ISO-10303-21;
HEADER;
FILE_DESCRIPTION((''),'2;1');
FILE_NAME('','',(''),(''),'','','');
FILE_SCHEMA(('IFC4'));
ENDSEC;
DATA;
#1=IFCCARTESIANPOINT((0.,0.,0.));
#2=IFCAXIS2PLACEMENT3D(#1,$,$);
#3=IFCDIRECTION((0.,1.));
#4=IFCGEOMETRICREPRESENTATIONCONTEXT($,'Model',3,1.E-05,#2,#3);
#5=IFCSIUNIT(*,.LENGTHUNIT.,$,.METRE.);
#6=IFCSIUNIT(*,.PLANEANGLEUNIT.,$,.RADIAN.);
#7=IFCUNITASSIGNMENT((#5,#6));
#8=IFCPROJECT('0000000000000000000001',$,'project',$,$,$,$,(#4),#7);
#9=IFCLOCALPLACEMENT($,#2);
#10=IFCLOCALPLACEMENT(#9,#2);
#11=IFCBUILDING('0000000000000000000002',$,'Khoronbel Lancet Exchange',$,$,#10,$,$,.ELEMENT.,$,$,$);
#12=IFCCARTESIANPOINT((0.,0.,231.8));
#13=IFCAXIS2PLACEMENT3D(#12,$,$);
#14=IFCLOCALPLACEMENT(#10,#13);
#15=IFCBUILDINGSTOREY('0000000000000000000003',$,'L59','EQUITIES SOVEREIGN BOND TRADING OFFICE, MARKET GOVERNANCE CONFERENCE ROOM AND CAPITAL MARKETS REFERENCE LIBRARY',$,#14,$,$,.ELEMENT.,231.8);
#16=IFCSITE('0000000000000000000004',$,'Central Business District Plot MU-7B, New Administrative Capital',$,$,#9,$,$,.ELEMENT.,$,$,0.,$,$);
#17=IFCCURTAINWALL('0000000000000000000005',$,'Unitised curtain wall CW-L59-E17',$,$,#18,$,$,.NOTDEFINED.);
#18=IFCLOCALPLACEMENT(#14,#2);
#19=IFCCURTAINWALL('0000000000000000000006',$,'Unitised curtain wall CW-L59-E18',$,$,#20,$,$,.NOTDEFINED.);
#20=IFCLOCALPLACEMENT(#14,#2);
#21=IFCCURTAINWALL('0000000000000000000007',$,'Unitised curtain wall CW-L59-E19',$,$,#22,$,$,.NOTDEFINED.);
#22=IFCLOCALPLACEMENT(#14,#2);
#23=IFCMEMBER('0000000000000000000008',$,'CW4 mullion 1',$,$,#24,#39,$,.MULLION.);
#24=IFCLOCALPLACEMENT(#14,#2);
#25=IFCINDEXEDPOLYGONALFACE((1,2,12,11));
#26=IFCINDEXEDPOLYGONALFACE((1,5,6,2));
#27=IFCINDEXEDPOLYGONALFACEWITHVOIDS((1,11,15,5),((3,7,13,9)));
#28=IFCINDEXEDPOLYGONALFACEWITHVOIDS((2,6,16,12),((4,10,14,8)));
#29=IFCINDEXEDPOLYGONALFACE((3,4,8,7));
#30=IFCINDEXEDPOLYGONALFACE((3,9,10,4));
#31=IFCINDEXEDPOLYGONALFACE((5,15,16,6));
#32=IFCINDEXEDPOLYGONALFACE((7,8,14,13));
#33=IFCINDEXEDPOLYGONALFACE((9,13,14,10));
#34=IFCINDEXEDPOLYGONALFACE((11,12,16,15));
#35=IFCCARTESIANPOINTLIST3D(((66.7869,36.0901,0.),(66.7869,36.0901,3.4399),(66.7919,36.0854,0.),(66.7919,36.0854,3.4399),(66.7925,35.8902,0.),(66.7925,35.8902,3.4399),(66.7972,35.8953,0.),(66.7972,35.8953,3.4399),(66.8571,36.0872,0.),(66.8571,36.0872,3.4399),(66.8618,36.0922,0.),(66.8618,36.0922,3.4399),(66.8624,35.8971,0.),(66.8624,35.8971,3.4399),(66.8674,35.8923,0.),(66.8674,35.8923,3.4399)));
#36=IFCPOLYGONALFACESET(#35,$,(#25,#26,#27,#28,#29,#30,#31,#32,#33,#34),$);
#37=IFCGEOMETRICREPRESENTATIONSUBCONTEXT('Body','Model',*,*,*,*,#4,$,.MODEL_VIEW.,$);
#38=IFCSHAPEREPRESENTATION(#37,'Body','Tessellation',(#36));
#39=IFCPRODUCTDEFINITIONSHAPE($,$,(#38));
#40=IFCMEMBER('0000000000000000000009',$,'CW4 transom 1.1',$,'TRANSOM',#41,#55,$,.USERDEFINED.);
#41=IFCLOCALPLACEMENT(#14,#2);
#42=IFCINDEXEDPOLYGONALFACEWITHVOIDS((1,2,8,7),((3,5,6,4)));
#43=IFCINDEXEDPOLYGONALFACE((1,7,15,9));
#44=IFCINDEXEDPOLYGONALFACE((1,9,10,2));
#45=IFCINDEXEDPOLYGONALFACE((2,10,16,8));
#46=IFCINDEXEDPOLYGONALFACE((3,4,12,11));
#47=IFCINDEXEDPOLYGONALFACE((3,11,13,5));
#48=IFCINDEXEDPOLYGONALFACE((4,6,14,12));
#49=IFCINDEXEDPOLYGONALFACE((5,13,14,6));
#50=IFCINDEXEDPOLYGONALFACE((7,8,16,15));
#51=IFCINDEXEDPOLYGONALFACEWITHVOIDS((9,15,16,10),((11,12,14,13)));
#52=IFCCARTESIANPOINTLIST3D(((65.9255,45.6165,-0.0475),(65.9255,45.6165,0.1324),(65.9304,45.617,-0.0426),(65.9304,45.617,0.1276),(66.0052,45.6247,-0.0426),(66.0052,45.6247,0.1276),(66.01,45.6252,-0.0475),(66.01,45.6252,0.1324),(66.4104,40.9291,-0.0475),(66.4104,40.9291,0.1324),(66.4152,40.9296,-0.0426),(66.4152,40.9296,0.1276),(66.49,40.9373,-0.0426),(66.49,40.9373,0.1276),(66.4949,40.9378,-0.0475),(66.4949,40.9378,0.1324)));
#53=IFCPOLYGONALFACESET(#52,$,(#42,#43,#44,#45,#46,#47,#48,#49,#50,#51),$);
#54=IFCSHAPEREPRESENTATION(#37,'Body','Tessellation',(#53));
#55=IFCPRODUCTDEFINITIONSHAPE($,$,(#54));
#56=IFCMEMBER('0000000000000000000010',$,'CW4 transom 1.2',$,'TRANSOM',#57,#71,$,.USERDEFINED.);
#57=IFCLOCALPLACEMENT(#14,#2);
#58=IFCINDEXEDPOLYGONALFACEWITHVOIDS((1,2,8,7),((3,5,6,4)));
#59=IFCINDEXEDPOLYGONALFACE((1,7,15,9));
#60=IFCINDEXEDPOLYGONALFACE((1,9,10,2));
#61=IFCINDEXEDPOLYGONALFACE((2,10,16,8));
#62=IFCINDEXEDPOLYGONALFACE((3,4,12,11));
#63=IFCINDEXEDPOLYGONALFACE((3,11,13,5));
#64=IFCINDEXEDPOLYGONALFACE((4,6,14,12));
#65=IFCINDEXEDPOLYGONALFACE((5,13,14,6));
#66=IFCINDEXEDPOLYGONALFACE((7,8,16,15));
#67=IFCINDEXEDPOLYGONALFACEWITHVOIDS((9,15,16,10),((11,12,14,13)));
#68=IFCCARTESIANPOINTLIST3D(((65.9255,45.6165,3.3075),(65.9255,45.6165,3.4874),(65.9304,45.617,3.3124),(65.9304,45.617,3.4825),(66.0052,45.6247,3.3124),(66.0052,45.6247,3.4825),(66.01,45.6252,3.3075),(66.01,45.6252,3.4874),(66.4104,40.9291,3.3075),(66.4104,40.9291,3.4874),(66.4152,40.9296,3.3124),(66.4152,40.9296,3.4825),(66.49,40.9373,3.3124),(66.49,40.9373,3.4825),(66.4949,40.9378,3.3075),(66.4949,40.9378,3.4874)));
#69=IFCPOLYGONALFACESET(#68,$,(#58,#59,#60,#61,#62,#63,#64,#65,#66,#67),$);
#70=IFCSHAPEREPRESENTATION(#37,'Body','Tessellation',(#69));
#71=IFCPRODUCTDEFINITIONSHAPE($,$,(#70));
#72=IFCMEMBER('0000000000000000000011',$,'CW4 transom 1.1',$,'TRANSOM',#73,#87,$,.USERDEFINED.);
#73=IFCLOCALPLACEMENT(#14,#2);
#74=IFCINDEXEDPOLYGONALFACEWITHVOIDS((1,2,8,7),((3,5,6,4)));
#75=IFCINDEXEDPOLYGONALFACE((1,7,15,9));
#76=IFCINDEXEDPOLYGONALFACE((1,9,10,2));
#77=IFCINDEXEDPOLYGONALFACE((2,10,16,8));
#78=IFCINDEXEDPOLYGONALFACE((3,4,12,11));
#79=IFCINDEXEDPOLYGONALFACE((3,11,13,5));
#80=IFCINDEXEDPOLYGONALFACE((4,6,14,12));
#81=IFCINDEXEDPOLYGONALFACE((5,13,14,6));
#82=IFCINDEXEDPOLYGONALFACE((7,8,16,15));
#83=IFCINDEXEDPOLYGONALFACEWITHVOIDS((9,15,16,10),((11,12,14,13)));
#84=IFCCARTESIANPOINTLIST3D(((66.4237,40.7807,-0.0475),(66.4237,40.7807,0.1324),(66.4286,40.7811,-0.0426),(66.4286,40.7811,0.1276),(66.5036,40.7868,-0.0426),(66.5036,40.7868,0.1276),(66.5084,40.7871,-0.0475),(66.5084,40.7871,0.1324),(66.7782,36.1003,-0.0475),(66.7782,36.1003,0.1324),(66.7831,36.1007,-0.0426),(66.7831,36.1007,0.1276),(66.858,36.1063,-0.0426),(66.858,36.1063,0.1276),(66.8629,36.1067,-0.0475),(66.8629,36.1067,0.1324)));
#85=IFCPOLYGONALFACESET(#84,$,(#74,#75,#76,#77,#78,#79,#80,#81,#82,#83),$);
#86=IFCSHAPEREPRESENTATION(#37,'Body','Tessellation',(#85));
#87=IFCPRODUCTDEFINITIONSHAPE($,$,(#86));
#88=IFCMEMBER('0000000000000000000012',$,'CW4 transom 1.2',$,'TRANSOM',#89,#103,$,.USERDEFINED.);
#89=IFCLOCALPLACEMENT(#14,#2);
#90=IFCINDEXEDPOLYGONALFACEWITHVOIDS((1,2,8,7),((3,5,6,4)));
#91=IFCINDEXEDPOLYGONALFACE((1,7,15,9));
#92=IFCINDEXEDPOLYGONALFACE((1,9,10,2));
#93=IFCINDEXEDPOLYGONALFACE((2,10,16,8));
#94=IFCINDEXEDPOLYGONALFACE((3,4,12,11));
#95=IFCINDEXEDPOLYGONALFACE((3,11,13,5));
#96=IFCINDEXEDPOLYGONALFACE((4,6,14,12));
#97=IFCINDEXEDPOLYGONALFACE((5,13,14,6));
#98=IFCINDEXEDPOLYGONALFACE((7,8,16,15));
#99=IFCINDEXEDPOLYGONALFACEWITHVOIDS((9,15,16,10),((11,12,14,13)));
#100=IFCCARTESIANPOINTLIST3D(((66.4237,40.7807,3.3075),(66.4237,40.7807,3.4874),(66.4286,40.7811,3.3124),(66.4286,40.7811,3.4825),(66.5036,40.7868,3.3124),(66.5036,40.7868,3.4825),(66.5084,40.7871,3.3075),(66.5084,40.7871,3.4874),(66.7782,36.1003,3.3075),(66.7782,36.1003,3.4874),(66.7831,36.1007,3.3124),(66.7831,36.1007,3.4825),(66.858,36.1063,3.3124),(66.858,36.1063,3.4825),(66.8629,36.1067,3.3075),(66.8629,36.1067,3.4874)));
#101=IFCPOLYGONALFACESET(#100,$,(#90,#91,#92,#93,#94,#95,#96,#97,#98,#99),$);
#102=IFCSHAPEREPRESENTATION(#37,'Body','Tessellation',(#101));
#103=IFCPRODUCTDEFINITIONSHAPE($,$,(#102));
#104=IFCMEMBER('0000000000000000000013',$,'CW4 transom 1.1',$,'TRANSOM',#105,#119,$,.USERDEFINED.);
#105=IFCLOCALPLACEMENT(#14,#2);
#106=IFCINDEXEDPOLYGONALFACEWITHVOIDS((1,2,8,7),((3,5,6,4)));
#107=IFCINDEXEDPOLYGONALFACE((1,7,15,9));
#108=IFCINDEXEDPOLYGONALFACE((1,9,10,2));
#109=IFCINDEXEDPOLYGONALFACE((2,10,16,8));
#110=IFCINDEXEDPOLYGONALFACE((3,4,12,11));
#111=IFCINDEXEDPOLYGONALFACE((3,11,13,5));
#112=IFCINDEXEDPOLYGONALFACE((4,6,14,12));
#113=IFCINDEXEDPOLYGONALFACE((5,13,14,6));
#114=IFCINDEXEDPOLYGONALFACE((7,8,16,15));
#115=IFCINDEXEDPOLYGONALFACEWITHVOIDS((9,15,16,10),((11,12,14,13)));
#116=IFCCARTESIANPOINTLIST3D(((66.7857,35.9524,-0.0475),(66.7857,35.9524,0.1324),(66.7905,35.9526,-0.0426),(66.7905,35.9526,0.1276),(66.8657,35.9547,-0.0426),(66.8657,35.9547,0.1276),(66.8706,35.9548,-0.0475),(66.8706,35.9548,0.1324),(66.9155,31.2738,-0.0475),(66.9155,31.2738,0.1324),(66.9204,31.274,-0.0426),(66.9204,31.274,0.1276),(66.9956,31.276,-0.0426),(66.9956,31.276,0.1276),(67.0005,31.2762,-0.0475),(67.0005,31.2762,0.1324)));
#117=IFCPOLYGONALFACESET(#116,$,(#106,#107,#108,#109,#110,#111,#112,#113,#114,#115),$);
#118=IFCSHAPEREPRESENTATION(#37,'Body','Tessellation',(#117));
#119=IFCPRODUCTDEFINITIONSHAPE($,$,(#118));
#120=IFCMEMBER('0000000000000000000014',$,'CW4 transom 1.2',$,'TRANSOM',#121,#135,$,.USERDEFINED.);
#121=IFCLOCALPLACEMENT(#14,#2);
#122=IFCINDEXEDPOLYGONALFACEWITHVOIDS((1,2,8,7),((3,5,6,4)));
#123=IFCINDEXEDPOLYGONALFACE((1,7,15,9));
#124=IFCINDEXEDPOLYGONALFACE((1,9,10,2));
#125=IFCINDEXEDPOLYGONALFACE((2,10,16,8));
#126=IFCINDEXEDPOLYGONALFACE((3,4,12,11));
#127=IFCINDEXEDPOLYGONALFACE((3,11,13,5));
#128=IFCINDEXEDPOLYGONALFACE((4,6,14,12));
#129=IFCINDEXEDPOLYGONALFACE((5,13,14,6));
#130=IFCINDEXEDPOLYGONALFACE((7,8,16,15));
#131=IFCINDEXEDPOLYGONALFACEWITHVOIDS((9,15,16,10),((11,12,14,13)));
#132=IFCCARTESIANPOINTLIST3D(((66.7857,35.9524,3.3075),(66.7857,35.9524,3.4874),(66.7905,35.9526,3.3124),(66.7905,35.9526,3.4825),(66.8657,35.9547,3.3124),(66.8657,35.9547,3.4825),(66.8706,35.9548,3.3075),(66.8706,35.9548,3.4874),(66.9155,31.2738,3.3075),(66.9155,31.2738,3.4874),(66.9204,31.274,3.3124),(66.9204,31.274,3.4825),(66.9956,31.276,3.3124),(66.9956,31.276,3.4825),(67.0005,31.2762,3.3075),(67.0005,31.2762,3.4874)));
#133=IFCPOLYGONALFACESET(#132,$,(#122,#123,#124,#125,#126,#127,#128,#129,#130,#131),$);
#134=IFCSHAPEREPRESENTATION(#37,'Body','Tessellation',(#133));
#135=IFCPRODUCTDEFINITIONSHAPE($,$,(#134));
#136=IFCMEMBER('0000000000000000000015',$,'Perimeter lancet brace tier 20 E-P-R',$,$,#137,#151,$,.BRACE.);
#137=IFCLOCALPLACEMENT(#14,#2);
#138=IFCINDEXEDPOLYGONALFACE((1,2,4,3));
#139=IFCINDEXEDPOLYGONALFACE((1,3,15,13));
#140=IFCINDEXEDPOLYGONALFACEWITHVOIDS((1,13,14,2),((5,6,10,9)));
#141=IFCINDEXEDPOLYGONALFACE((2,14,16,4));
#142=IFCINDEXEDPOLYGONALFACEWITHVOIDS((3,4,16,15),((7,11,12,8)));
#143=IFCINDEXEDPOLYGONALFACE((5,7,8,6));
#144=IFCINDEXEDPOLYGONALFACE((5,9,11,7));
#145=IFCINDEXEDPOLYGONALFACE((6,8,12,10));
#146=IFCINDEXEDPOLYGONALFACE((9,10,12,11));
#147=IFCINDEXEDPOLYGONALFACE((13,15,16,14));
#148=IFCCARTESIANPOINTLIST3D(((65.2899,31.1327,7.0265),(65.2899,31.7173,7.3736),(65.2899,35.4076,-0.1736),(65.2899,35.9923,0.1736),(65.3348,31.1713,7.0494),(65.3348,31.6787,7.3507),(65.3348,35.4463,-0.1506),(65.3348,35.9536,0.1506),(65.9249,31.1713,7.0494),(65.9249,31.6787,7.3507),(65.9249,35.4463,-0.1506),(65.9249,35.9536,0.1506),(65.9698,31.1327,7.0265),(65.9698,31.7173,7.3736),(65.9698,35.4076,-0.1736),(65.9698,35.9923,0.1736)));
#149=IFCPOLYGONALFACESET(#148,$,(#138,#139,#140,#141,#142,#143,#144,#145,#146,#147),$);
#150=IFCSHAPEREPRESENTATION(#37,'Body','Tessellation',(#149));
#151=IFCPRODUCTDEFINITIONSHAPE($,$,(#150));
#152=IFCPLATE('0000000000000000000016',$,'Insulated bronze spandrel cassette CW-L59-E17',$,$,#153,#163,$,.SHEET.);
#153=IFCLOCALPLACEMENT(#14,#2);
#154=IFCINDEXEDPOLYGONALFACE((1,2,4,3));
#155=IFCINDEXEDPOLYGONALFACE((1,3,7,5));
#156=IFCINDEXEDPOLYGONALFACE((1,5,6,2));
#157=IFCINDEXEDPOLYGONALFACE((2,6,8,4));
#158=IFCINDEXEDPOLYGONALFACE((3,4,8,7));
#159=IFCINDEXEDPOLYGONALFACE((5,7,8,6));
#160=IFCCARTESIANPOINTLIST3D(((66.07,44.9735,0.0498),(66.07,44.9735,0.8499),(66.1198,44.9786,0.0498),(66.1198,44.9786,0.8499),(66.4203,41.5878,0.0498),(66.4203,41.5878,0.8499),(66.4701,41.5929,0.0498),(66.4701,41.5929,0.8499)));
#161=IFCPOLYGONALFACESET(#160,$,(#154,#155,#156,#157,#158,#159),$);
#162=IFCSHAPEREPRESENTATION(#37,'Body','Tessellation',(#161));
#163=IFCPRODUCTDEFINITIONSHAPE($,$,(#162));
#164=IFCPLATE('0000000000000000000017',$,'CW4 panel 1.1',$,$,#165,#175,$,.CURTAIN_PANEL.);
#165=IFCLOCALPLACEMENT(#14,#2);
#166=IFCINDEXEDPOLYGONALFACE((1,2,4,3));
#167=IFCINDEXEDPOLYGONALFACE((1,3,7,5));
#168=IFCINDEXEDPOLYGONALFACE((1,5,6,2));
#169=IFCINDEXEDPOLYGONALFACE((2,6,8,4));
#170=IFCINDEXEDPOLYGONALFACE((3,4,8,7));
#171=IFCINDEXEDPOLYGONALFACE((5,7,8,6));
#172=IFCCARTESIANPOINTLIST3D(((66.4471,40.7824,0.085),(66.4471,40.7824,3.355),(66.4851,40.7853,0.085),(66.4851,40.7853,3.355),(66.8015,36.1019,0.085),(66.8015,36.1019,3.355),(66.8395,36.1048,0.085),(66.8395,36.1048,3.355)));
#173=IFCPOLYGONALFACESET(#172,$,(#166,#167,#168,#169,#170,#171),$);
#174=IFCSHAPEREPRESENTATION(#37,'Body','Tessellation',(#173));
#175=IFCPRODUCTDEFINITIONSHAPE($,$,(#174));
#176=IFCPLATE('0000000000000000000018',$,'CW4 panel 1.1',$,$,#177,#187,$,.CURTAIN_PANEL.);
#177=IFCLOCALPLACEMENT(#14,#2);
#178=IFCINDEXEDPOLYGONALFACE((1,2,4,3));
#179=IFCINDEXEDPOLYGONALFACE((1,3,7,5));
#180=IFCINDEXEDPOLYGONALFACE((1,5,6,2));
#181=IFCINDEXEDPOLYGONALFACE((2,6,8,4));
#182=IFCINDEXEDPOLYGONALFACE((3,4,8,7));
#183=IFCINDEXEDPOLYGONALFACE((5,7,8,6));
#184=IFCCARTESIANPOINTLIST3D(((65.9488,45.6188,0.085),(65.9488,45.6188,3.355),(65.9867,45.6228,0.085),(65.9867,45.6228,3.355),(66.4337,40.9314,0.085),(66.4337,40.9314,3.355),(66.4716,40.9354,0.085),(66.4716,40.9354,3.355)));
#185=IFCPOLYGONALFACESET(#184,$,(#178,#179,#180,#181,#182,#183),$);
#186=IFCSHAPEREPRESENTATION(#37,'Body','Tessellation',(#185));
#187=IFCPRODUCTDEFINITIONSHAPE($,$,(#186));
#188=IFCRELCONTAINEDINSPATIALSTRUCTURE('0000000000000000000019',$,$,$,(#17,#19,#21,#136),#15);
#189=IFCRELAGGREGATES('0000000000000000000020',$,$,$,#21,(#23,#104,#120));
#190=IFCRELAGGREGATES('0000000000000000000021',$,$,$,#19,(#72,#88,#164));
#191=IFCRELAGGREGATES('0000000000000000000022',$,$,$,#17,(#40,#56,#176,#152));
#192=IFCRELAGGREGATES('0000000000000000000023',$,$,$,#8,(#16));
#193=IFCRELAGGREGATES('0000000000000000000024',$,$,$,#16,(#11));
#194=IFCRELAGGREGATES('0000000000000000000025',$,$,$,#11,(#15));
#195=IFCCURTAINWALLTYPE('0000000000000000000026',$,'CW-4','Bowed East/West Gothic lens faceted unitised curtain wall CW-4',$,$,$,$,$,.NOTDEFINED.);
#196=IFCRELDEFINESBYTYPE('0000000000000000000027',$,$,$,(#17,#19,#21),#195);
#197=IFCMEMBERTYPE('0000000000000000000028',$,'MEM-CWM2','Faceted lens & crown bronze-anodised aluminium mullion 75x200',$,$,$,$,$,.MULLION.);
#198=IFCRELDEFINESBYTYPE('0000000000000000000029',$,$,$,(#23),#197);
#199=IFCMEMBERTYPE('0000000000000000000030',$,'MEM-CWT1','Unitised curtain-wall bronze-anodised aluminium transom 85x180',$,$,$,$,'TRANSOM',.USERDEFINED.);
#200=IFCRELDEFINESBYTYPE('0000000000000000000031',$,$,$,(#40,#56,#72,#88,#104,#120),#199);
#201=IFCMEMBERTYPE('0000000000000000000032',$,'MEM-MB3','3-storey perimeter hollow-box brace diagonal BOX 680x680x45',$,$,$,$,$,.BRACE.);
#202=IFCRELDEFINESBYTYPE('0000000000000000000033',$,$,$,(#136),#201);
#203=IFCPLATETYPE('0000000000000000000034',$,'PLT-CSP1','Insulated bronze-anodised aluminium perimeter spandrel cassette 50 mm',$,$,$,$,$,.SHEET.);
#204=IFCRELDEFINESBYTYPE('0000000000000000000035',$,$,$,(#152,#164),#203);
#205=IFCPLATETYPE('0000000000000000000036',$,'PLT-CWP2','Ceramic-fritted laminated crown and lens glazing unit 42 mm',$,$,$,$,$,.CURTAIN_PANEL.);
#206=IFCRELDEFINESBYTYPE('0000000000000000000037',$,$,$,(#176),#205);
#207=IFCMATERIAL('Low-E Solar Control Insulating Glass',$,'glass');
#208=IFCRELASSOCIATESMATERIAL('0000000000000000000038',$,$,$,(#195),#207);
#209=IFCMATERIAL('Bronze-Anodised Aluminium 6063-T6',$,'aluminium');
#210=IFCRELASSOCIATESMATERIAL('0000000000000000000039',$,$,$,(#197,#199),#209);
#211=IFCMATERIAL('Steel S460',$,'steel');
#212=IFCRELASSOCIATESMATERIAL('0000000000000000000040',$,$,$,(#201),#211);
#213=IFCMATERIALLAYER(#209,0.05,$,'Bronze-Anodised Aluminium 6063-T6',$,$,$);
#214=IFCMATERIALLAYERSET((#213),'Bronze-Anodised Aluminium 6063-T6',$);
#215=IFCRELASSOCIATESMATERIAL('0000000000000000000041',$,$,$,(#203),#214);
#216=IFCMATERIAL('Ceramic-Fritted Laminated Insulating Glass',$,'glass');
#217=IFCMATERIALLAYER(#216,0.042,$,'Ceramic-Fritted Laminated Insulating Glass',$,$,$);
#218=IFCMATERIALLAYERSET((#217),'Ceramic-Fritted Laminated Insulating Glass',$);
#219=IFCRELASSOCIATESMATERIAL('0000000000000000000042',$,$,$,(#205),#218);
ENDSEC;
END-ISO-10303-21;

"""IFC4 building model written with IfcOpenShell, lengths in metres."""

from ifc_helpers import new_model, si_unit, direction, frame, origin, origin_2d, place, context, subcontext, project, spatial, rectangle, hollow_rectangle, extrude, material, layer, layer_set, material_profile, profile_set, type_object, element, aggregate, save


model = new_model("IFC4")

# Units and contexts
model_context = context("Model", 3, precision=1e-05, world=origin(), true_north=direction((0.0, 1.0)))
body_context = subcontext(model_context, "Body", "Model", "MODEL_VIEW")
ifc_project = project(units=[si_unit("LENGTHUNIT", "METRE"), si_unit("PLANEANGLEUNIT", "RADIAN")], contexts=[model_context])

# Site, building, storey
site_placement = place(None, origin())
site = spatial("IfcSite", under=ifc_project, at=site_placement, Name="Central Business District Plot MU-7B, New Administrative Capital", CompositionType="ELEMENT", RefElevation=0.0)
building_placement = place(site_placement, origin())
building = spatial("IfcBuilding", under=site, at=building_placement, Name="Khoronbel Lancet Exchange", CompositionType="ELEMENT")
storey_placement = place(building_placement, frame((0.0, 0.0, 231.8)))
storey = spatial("IfcBuildingStorey", under=building, at=storey_placement, Name="L59", Description="EQUITIES SOVEREIGN BOND TRADING OFFICE, MARKET GOVERNANCE CONFERENCE ROOM AND CAPITAL MARKETS REFERENCE LIBRARY", CompositionType="ELEMENT", Elevation=231.8)

# Curtain wall
ifc_material_1 = material(Name="Low-E Solar Control Insulating Glass", Category="glass")
curtain_wall_type = type_object("IfcCurtainWallType", Name="CW-4", Description="Bowed East/West Gothic lens faceted unitised curtain wall CW-4", PredefinedType="NOTDEFINED", material=ifc_material_1)
curtain_wall_1_placement = place(storey_placement, origin())
curtain_wall_1 = element("IfcCurtainWall", 1, at=curtain_wall_1_placement, inside=storey, type_object=curtain_wall_type, Name="Unitised curtain wall CW-L59-E17", PredefinedType="NOTDEFINED")
ifc_material_2 = material(Name="Bronze-Anodised Aluminium 6063-T6", Category="aluminium")
ifc_material_profile_1 = material_profile(ifc_material_2, hollow_rectangle(XDim=0.075, YDim=0.2, WallThickness=0.0049, at=origin_2d()), Name="ALU MULLION 75x200")
ifc_profile_set_1 = profile_set([ifc_material_profile_1], Name="Bronze-Anodised Aluminium 6063-T6")
member_type_1 = type_object("IfcMemberType", Name="MEM-CWM2", Description="Faceted lens & crown bronze-anodised aluminium mullion 75x200", PredefinedType="MULLION", material=ifc_profile_set_1)

# Curtain wall
curtain_wall_2_placement = place(storey_placement, origin())
curtain_wall_2 = element("IfcCurtainWall", 2, at=curtain_wall_2_placement, inside=storey, type_object=curtain_wall_type, Name="Unitised curtain wall CW-L59-E18", PredefinedType="NOTDEFINED")

# Curtain wall, member
curtain_wall_3_placement = place(storey_placement, origin())
curtain_wall_3 = element("IfcCurtainWall", 3, at=curtain_wall_3_placement, inside=storey, type_object=curtain_wall_type, Name="Unitised curtain wall CW-L59-E19", PredefinedType="NOTDEFINED")
member_1_placement = place(storey_placement, frame((66.8271, 35.9912, 0.0), z_axis=(0.0, 0.0, 1.0), x_axis=(0.999616, 0.027719, 0.0)))
member_1 = element("IfcMember", 4, at=member_1_placement, type_object=member_type_1, Name="CW4 mullion 1", PredefinedType="MULLION", context=body_context, shape_type="SweptSolid", body=[
    extrude(hollow_rectangle(XDim=0.075, YDim=0.2, WallThickness=0.0049, at=origin_2d()), origin(), (0.0, 0.0, 1.0), 3.4399),
])

# Members
ifc_material_profile_2 = material_profile(ifc_material_2, hollow_rectangle(XDim=0.085, YDim=0.1799, WallThickness=0.0049, at=origin_2d()), Name="ALU TRANSOM 85x180")
ifc_profile_set_2 = profile_set([ifc_material_profile_2], Name="Bronze-Anodised Aluminium 6063-T6")
member_type_2 = type_object("IfcMemberType", Name="MEM-CWT1", Description="Unitised curtain-wall bronze-anodised aluminium transom 85x180", ElementType="TRANSOM", PredefinedType="USERDEFINED", material=ifc_profile_set_2)
member_2_placement = place(storey_placement, frame((65.9678, 45.6208, 0.0425), z_axis=(0.102889, -0.994693, 0.0), x_axis=(0.994693, 0.102889, 0.0)))
member_2 = element("IfcMember", 5, at=member_2_placement, type_object=member_type_2, Name="CW4 transom 1.1", ObjectType="TRANSOM", PredefinedType="USERDEFINED", context=body_context, shape_type="SweptSolid", body=[
    extrude(hollow_rectangle(XDim=0.085, YDim=0.1799, WallThickness=0.0049, at=origin_2d()), origin(), (0.0, 0.0, 1.0), 4.7124),
])
member_3_placement = place(storey_placement, frame((65.9678, 45.6208, 3.3975), z_axis=(0.102889, -0.994693, 0.0), x_axis=(0.994693, 0.102889, 0.0)))
member_3 = element("IfcMember", 6, at=member_3_placement, type_object=member_type_2, Name="CW4 transom 1.2", ObjectType="TRANSOM", PredefinedType="USERDEFINED", context=body_context, shape_type="SweptSolid", body=[
    extrude(hollow_rectangle(XDim=0.085, YDim=0.1799, WallThickness=0.0049, at=origin_2d()), origin(), (0.0, 0.0, 1.0), 4.7124),
])
member_4_placement = place(storey_placement, frame((66.4661, 40.7839, 0.0425), z_axis=(0.075523, -0.997144, 0.0), x_axis=(0.997144, 0.075523, 0.0)))
member_4 = element("IfcMember", 7, at=member_4_placement, type_object=member_type_2, Name="CW4 transom 1.1", ObjectType="TRANSOM", PredefinedType="USERDEFINED", context=body_context, shape_type="SweptSolid", body=[
    extrude(hollow_rectangle(XDim=0.085, YDim=0.1799, WallThickness=0.0049, at=origin_2d()), origin(), (0.0, 0.0, 1.0), 4.6938),
])
member_5_placement = place(storey_placement, frame((66.4661, 40.7839, 3.3975), z_axis=(0.075523, -0.997144, 0.0), x_axis=(0.997144, 0.075523, 0.0)))
member_5 = element("IfcMember", 8, at=member_5_placement, type_object=member_type_2, Name="CW4 transom 1.2", ObjectType="TRANSOM", PredefinedType="USERDEFINED", context=body_context, shape_type="SweptSolid", body=[
    extrude(hollow_rectangle(XDim=0.085, YDim=0.1799, WallThickness=0.0049, at=origin_2d()), origin(), (0.0, 0.0, 1.0), 4.6938),
])
member_6_placement = place(storey_placement, frame((66.8281, 35.9536, 0.0425), z_axis=(0.02775, -0.999615, 0.0), x_axis=(0.999615, 0.02775, 0.0)))
member_6 = element("IfcMember", 9, at=member_6_placement, type_object=member_type_2, Name="CW4 transom 1.1", ObjectType="TRANSOM", PredefinedType="USERDEFINED", context=body_context, shape_type="SweptSolid", body=[
    extrude(hollow_rectangle(XDim=0.085, YDim=0.1799, WallThickness=0.0049, at=origin_2d()), origin(), (0.0, 0.0, 1.0), 4.6804),
])
member_7_placement = place(storey_placement, frame((66.8281, 35.9536, 3.3975), z_axis=(0.02775, -0.999615, 0.0), x_axis=(0.999615, 0.02775, 0.0)))
member_7 = element("IfcMember", 10, at=member_7_placement, type_object=member_type_2, Name="CW4 transom 1.2", ObjectType="TRANSOM", PredefinedType="USERDEFINED", context=body_context, shape_type="SweptSolid", body=[
    extrude(hollow_rectangle(XDim=0.085, YDim=0.1799, WallThickness=0.0049, at=origin_2d()), origin(), (0.0, 0.0, 1.0), 4.6804),
])
aggregate(curtain_wall_3, [member_1, member_6, member_7])
ifc_material_3 = material(Name="Steel S460", Category="steel")
ifc_material_profile_3 = material_profile(ifc_material_3, hollow_rectangle(XDim=0.6799, YDim=0.6799, WallThickness=0.0449, at=origin_2d()), Name="BOX 680x680x45")
ifc_profile_set_3 = profile_set([ifc_material_profile_3], Name="Steel S460")
member_type_3 = type_object("IfcMemberType", Name="MEM-MB3", Description="3-storey perimeter hollow-box brace diagonal BOX 680x680x45", PredefinedType="BRACE", material=ifc_profile_set_3)
member_8_placement = place(storey_placement, frame((65.6299, 35.7, 0.0), z_axis=(0.0, -0.510533, 0.859858), x_axis=(1.0, 0.0, 0.0)))
element("IfcMember", 11, at=member_8_placement, inside=storey, type_object=member_type_3, Name="Perimeter lancet brace tier 20 E-P-R", PredefinedType="BRACE", context=body_context, shape_type="SweptSolid", body=[
    extrude(hollow_rectangle(XDim=0.6799, YDim=0.6799, WallThickness=0.0449, at=origin_2d()), origin(), (0.0, 0.0, 1.0), 8.3735),
])

# Plates
ifc_layer_1 = layer(ifc_material_2, 0.05, Name="Bronze-Anodised Aluminium 6063-T6")
ifc_layer_set_1 = layer_set([ifc_layer_1], Name="Bronze-Anodised Aluminium 6063-T6")
plate_type_1 = type_object("IfcPlateType", Name="PLT-CSP1", Description="Insulated bronze-anodised aluminium perimeter spandrel cassette 50 mm", PredefinedType="SHEET", material=ifc_layer_set_1)
plate_1_placement = place(storey_placement, frame((66.27, 43.2832, 0.0498), z_axis=(0.0, 0.0, 1.0), x_axis=(0.10291, -0.994691, 0.0)))
plate_1 = element("IfcPlate", 12, at=plate_1_placement, type_object=plate_type_1, Name="Insulated bronze spandrel cassette CW-L59-E17", PredefinedType="SHEET", context=body_context, shape_type="SweptSolid", body=[
    extrude(rectangle(XDim=3.4038, YDim=0.05, at=origin_2d()), origin(), (0.0, 0.0, 1.0), 0.8),
])
plate_2_placement = place(storey_placement, frame((66.6433, 38.4436, 0.085), z_axis=(0.0, 0.0, 1.0), x_axis=(0.075498, -0.997146, 0.0)))
plate_2 = element("IfcPlate", 13, at=plate_2_placement, type_object=plate_type_1, Name="CW4 panel 1.1", PredefinedType="CURTAIN_PANEL", context=body_context, shape_type="SweptSolid", body=[
    extrude(rectangle(XDim=4.6938, YDim=0.0381, at=origin_2d()), origin(), (0.0, 0.0, 1.0), 3.27),
])
aggregate(curtain_wall_2, [member_4, member_5, plate_2])
ifc_material_4 = material(Name="Ceramic-Fritted Laminated Insulating Glass", Category="glass")
ifc_layer_2 = layer(ifc_material_4, 0.042, Name="Ceramic-Fritted Laminated Insulating Glass")
ifc_layer_set_2 = layer_set([ifc_layer_2], Name="Ceramic-Fritted Laminated Insulating Glass")
plate_type_2 = type_object("IfcPlateType", Name="PLT-CWP2", Description="Ceramic-fritted laminated crown and lens glazing unit 42 mm", PredefinedType="CURTAIN_PANEL", material=ifc_layer_set_2)
plate_3_placement = place(storey_placement, frame((66.2102, 43.2771, 0.085), z_axis=(0.0, 0.0, 1.0), x_axis=(0.10291, -0.994691, 0.0)))
plate_3 = element("IfcPlate", 14, at=plate_3_placement, type_object=plate_type_2, Name="CW4 panel 1.1", PredefinedType="CURTAIN_PANEL", context=body_context, shape_type="SweptSolid", body=[
    extrude(rectangle(XDim=4.7124, YDim=0.0381, at=origin_2d()), origin(), (0.0, 0.0, 1.0), 3.27),
])
aggregate(curtain_wall_1, [member_2, member_3, plate_3, plate_1])

save(model, "model.ifc")
